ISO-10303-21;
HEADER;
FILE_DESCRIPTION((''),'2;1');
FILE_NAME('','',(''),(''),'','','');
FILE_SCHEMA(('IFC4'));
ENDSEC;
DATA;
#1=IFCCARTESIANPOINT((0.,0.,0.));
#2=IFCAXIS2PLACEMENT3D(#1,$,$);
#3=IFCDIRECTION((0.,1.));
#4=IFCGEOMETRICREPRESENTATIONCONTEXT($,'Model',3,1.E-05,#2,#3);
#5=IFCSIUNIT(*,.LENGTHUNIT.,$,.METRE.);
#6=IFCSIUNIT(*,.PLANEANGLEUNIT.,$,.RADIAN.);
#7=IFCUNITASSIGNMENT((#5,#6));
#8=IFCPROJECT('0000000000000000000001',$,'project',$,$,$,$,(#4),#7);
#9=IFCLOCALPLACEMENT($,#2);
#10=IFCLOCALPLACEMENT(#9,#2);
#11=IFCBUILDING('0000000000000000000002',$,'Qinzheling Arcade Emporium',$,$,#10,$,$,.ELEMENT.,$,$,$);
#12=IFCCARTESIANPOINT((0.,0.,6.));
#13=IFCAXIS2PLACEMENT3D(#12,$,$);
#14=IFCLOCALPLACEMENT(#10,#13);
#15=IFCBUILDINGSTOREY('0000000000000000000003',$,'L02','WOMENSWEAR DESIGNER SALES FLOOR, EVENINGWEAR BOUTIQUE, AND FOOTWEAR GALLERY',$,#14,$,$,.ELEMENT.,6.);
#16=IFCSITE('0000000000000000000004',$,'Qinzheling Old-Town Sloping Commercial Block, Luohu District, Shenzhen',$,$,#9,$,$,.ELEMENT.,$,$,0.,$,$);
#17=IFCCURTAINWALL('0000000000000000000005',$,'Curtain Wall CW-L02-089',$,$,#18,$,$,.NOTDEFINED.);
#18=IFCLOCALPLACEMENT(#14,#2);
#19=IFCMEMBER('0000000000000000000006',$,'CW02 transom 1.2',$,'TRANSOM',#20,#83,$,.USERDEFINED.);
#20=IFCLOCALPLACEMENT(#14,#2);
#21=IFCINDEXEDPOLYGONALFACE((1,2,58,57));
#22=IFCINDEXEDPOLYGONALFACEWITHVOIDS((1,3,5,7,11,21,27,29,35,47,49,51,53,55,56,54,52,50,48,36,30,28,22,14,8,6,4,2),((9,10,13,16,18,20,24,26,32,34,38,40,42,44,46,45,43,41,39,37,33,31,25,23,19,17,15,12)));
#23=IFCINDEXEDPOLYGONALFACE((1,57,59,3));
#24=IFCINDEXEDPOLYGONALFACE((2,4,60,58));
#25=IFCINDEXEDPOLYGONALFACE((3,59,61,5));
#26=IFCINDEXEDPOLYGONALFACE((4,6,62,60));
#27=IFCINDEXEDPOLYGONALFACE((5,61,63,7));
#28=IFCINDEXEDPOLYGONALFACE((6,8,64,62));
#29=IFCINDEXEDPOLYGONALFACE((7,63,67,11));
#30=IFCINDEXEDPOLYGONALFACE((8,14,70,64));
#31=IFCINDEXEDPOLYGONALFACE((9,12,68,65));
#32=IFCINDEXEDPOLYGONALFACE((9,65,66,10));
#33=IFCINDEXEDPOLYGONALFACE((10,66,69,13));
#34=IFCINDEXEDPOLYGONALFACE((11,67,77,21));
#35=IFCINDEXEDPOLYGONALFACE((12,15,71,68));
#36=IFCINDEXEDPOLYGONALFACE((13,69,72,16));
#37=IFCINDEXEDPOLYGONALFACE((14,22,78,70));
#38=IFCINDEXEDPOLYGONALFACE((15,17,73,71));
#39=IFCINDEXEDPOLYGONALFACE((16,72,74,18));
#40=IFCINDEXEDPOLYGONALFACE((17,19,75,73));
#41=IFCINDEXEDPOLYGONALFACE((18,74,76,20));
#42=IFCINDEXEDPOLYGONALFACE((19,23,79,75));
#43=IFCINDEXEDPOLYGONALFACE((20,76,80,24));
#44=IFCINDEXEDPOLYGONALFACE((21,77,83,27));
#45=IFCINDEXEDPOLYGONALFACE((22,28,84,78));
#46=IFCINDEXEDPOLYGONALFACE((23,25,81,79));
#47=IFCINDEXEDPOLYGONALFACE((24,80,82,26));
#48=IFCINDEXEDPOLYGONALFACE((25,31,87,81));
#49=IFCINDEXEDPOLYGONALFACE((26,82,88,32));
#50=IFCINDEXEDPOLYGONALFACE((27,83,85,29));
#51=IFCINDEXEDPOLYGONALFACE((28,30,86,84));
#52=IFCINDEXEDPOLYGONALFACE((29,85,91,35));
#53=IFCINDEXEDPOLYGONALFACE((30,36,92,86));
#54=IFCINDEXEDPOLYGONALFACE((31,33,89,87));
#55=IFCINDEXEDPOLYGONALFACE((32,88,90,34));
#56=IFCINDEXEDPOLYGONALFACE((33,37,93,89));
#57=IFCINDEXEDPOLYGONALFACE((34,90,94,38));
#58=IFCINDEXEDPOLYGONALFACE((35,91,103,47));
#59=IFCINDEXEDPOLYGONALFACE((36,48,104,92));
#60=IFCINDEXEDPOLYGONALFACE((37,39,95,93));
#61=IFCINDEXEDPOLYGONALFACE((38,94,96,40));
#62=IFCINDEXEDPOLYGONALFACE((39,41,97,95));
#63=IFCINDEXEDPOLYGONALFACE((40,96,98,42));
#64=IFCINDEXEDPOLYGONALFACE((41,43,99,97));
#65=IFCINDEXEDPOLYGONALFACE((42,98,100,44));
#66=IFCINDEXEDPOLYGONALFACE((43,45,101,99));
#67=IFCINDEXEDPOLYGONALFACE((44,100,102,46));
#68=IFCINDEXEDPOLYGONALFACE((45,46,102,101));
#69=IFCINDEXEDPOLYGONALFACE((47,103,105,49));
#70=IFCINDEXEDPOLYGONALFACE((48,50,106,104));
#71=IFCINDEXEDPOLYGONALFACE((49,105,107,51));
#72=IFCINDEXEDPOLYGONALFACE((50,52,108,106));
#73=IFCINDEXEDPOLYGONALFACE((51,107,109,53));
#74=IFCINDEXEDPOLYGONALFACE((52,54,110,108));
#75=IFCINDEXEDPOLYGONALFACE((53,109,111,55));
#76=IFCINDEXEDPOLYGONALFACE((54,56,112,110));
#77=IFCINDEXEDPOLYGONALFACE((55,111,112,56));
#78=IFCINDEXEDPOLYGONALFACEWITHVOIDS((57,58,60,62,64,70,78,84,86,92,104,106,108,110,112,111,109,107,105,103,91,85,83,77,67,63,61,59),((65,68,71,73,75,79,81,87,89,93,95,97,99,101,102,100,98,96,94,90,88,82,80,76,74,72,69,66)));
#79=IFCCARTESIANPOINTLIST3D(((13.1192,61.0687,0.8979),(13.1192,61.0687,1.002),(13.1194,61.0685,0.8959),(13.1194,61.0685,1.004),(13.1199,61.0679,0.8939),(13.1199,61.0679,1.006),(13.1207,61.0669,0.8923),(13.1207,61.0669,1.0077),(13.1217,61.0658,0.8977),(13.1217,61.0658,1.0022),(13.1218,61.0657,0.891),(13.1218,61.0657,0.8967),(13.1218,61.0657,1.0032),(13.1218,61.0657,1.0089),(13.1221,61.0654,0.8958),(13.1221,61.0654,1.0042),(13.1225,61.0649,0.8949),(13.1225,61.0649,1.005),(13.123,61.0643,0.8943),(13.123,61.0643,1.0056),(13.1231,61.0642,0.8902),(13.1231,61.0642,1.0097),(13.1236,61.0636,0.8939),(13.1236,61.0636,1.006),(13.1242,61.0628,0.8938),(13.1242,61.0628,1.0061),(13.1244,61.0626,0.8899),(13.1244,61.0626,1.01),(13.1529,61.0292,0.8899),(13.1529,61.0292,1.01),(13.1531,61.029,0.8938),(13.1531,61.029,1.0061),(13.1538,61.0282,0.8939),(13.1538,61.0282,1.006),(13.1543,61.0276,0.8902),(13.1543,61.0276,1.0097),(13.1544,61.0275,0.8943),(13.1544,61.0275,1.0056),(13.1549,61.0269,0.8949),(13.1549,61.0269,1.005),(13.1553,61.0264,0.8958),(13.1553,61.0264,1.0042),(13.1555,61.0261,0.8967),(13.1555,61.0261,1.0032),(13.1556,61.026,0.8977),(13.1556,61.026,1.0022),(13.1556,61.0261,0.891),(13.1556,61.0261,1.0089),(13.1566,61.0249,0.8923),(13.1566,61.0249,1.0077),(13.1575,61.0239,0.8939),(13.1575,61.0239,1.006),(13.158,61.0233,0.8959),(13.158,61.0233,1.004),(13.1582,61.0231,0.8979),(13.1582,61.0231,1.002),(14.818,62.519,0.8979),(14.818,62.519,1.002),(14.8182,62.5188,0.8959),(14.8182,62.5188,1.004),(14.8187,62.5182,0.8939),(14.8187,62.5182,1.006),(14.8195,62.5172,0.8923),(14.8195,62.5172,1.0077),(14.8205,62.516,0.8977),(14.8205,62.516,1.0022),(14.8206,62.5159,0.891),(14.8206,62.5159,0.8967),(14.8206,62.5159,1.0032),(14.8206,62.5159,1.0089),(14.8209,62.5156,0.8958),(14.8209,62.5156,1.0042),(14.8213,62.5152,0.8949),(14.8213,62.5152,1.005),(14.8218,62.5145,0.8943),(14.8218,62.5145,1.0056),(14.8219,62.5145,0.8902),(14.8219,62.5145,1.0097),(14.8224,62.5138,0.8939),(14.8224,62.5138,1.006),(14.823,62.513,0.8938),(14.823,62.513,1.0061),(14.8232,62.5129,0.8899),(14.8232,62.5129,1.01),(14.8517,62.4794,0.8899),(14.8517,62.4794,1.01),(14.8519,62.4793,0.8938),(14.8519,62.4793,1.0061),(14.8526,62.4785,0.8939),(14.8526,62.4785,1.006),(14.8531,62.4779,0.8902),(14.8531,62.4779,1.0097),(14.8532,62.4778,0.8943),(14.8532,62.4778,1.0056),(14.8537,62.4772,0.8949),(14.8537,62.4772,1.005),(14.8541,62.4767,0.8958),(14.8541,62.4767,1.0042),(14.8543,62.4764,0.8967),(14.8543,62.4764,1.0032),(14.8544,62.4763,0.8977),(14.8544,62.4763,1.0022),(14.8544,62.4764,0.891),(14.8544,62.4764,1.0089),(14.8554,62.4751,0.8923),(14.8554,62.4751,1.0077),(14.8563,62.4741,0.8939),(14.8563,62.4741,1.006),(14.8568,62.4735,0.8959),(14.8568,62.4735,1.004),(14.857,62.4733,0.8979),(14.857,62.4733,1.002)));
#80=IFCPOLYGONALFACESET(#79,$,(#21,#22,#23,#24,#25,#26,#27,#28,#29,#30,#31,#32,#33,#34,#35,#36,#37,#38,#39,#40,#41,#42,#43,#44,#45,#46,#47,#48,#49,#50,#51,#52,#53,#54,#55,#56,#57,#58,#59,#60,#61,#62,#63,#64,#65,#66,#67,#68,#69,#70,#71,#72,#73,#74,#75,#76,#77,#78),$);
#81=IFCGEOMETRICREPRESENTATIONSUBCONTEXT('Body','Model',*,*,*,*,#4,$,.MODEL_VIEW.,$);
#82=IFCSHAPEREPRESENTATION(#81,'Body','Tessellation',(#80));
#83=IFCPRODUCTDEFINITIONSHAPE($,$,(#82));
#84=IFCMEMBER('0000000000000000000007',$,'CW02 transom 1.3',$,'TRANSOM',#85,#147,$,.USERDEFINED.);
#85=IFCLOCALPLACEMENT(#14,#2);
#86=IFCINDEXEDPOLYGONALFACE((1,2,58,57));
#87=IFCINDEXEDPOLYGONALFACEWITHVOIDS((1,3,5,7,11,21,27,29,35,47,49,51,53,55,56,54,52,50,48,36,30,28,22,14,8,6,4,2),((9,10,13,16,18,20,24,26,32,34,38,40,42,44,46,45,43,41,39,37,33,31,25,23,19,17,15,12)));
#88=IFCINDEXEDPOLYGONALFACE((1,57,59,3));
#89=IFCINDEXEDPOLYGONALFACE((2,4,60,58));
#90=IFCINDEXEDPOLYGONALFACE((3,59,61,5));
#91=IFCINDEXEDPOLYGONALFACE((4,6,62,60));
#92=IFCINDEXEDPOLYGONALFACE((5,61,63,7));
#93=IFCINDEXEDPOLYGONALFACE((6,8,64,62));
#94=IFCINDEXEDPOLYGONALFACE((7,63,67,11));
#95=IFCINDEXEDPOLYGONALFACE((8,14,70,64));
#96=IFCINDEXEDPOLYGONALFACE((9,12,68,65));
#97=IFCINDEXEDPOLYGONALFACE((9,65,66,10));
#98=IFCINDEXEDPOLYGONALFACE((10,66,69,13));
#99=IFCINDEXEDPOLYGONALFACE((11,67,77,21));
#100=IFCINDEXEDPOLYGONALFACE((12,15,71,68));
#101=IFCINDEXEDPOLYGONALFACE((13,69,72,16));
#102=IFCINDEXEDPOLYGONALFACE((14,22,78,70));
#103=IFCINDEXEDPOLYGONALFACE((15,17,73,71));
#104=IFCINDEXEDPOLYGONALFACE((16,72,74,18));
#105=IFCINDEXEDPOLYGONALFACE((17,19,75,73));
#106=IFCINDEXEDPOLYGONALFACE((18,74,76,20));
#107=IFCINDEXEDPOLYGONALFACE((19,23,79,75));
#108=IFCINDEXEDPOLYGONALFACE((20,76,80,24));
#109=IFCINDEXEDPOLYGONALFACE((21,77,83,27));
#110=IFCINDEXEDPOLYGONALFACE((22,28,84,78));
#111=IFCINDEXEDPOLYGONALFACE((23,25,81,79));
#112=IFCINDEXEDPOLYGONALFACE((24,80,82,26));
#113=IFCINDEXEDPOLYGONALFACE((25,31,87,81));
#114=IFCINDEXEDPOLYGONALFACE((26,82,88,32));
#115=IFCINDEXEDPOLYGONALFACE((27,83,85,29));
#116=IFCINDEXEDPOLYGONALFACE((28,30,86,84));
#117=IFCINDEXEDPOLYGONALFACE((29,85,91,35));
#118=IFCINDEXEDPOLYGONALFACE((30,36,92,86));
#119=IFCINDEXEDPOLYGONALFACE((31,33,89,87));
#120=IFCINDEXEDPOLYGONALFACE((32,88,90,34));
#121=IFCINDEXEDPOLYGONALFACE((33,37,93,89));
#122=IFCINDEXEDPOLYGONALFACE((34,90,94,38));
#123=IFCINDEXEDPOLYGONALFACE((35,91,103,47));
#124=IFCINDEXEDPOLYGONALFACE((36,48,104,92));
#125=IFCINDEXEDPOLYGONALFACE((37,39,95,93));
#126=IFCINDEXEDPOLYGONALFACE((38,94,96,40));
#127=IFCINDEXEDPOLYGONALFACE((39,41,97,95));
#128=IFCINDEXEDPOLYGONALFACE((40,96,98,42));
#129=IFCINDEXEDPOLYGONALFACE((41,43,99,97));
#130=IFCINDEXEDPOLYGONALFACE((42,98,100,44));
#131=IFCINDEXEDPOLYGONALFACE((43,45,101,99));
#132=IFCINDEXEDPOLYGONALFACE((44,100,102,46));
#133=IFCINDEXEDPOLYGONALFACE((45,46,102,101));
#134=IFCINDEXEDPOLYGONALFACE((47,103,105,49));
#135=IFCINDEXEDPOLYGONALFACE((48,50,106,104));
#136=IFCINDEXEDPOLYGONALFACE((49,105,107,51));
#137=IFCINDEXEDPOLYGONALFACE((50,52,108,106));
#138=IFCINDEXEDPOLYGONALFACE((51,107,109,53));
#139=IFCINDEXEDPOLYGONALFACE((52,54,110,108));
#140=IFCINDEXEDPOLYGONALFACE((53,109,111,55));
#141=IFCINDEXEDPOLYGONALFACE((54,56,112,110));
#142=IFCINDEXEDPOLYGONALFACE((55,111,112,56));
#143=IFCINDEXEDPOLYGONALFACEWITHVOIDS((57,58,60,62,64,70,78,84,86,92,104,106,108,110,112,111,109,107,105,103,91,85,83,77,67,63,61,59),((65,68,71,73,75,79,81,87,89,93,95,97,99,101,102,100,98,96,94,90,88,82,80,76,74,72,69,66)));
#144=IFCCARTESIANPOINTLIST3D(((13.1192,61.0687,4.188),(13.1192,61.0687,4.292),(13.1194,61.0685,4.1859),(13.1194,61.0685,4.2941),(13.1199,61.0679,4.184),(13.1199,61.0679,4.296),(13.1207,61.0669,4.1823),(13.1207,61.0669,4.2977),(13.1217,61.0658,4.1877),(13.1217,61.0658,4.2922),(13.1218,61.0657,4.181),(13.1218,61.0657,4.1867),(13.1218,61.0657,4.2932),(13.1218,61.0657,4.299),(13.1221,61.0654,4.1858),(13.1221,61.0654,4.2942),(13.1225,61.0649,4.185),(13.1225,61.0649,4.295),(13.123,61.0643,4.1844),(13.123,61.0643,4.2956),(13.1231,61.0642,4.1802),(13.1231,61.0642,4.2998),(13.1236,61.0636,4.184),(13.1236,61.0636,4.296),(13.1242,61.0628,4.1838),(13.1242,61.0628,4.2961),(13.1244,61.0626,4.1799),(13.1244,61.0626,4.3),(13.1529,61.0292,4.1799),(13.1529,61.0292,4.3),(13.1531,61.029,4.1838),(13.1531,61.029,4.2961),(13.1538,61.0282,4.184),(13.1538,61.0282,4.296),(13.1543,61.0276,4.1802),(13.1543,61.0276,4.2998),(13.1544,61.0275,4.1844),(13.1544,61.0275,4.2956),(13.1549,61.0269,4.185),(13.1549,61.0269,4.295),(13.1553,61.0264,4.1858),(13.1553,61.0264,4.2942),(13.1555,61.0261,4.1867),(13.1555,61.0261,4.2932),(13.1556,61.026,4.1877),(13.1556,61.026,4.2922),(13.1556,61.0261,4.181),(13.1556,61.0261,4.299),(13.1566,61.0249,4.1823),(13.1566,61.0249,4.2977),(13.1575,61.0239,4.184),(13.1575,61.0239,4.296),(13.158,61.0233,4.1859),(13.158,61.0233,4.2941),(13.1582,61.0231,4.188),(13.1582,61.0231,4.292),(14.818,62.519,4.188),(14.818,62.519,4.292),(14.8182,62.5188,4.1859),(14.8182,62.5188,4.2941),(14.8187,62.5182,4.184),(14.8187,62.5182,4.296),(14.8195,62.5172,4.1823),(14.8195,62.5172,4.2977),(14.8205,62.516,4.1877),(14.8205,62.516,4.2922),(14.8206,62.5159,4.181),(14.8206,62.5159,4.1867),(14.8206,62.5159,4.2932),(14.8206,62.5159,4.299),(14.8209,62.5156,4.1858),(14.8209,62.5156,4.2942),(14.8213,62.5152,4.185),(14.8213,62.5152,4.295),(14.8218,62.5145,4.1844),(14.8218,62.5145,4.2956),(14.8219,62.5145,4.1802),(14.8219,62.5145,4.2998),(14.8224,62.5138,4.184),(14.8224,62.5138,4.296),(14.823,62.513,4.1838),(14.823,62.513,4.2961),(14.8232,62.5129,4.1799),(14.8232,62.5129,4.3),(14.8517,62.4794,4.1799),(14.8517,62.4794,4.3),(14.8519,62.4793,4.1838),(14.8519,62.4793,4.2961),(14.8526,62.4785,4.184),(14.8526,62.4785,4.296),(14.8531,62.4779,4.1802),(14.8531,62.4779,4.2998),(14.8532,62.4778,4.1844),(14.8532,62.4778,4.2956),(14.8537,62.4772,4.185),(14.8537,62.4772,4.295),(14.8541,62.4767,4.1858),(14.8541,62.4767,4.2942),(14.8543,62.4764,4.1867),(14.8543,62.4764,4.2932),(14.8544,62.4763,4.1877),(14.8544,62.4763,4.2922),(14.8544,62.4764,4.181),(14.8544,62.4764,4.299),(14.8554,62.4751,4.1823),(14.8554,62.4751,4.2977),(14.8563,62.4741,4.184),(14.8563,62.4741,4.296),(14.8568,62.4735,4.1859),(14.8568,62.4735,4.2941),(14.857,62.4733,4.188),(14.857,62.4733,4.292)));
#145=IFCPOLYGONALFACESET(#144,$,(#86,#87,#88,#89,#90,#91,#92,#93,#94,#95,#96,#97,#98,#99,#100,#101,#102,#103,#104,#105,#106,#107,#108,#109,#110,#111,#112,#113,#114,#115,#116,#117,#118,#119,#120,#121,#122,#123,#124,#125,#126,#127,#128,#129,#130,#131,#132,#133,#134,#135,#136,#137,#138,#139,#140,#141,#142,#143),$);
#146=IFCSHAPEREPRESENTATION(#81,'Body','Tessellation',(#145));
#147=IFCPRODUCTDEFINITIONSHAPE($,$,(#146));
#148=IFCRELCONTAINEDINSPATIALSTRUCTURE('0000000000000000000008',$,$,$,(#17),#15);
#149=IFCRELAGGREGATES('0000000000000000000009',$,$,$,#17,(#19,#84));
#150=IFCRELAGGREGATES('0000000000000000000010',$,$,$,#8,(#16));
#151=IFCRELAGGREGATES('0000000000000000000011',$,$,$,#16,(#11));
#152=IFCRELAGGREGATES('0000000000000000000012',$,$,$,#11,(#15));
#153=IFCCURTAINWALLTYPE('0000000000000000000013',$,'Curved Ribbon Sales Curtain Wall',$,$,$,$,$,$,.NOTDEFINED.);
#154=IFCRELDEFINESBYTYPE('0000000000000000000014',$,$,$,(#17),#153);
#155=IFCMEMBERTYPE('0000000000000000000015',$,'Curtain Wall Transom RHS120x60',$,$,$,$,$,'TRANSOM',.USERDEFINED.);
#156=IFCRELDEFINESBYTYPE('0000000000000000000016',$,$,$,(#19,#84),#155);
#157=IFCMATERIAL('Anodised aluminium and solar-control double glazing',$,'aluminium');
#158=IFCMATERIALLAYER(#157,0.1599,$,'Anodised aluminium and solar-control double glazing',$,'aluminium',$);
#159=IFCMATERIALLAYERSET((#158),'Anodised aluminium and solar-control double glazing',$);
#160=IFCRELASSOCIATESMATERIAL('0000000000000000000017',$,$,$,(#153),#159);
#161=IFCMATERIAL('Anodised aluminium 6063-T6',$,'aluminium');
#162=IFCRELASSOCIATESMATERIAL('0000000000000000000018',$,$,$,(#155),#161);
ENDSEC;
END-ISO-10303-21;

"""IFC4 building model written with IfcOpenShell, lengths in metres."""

from ifc_helpers import new_model, si_unit, direction, frame, origin, origin_2d, place, context, subcontext, project, spatial, hollow_rectangle, extrude, material, layer, layer_set, material_profile, profile_set, type_object, element, aggregate, save


model = new_model("IFC4")

# Units and contexts
model_context = context("Model", 3, precision=1e-05, world=origin(), true_north=direction((0.0, 1.0)))
body_context = subcontext(model_context, "Body", "Model", "MODEL_VIEW")
ifc_project = project(units=[si_unit("LENGTHUNIT", "METRE"), si_unit("PLANEANGLEUNIT", "RADIAN")], contexts=[model_context])

# Site, building, storey
site_placement = place(None, origin())
site = spatial("IfcSite", under=ifc_project, at=site_placement, Name="Qinzheling Old-Town Sloping Commercial Block, Luohu District, Shenzhen", CompositionType="ELEMENT", RefElevation=0.0)
building_placement = place(site_placement, origin())
building = spatial("IfcBuilding", under=site, at=building_placement, Name="Qinzheling Arcade Emporium", CompositionType="ELEMENT")
storey_placement = place(building_placement, frame((0.0, 0.0, 6.0)))
storey = spatial("IfcBuildingStorey", under=building, at=storey_placement, Name="L02", Description="WOMENSWEAR DESIGNER SALES FLOOR, EVENINGWEAR BOUTIQUE, AND FOOTWEAR GALLERY", CompositionType="ELEMENT", Elevation=6.0)

# Shared definitions
ifc_material_1 = material(Name="Anodised aluminium and solar-control double glazing", Category="aluminium")
ifc_layer_1 = layer(ifc_material_1, 0.1599, Name="Anodised aluminium and solar-control double glazing", Category="aluminium")
ifc_layer_set_1 = layer_set([ifc_layer_1], Name="Anodised aluminium and solar-control double glazing")
curtain_wall_type = type_object("IfcCurtainWallType", Name="Curved Ribbon Sales Curtain Wall", PredefinedType="NOTDEFINED", material=ifc_layer_set_1)
ifc_material_2 = material(Name="Anodised aluminium 6063-T6", Category="aluminium")

# Curtain wall
curtain_wall_1_placement = place(storey_placement, origin())
curtain_wall_1 = element("IfcCurtainWall", 1, at=curtain_wall_1_placement, inside=storey, type_object=curtain_wall_type, Name="Curtain Wall CW-L02-089", PredefinedType="NOTDEFINED")

# Members
ifc_material_profile_1 = material_profile(ifc_material_2, hollow_rectangle(XDim=0.0601, YDim=0.1201, WallThickness=0.0039, InnerFilletRadius=0.0039, OuterFilletRadius=0.0081, at=origin_2d()), Name="RHS 120x60x4", Category="aluminium")
ifc_profile_set_1 = profile_set([ifc_material_profile_1], Name="Anodised aluminium 6063-T6")
member_type_1 = type_object("IfcMemberType", Name="Curtain Wall Transom RHS120x60", ElementType="TRANSOM", PredefinedType="USERDEFINED", material=ifc_profile_set_1)
member_1_placement = place(storey_placement, frame((13.1387, 61.0459, 0.95), z_axis=(0.760551, 0.649278, 0.0), x_axis=(-0.649278, 0.760551, 0.0)))
member_1 = element("IfcMember", 2, at=member_1_placement, type_object=member_type_1, Name="CW02 transom 1.2", ObjectType="TRANSOM", PredefinedType="USERDEFINED", context=body_context, shape_type="SweptSolid", body=[
    extrude(hollow_rectangle(XDim=0.0601, YDim=0.1201, WallThickness=0.0039, InnerFilletRadius=0.0039, OuterFilletRadius=0.0081, at=origin_2d()), origin(), (0.0, 0.0, 1.0), 2.2336),
])
member_2_placement = place(storey_placement, frame((13.1387, 61.0459, 4.24), z_axis=(0.760551, 0.649278, 0.0), x_axis=(-0.649278, 0.760551, 0.0)))
member_2 = element("IfcMember", 3, at=member_2_placement, type_object=member_type_1, Name="CW02 transom 1.3", ObjectType="TRANSOM", PredefinedType="USERDEFINED", context=body_context, shape_type="SweptSolid", body=[
    extrude(hollow_rectangle(XDim=0.0601, YDim=0.1201, WallThickness=0.0039, InnerFilletRadius=0.0039, OuterFilletRadius=0.0081, at=origin_2d()), origin(), (0.0, 0.0, 1.0), 2.2336),
])

aggregate(curtain_wall_1, [member_1, member_2])

save(model, "model.ifc")
